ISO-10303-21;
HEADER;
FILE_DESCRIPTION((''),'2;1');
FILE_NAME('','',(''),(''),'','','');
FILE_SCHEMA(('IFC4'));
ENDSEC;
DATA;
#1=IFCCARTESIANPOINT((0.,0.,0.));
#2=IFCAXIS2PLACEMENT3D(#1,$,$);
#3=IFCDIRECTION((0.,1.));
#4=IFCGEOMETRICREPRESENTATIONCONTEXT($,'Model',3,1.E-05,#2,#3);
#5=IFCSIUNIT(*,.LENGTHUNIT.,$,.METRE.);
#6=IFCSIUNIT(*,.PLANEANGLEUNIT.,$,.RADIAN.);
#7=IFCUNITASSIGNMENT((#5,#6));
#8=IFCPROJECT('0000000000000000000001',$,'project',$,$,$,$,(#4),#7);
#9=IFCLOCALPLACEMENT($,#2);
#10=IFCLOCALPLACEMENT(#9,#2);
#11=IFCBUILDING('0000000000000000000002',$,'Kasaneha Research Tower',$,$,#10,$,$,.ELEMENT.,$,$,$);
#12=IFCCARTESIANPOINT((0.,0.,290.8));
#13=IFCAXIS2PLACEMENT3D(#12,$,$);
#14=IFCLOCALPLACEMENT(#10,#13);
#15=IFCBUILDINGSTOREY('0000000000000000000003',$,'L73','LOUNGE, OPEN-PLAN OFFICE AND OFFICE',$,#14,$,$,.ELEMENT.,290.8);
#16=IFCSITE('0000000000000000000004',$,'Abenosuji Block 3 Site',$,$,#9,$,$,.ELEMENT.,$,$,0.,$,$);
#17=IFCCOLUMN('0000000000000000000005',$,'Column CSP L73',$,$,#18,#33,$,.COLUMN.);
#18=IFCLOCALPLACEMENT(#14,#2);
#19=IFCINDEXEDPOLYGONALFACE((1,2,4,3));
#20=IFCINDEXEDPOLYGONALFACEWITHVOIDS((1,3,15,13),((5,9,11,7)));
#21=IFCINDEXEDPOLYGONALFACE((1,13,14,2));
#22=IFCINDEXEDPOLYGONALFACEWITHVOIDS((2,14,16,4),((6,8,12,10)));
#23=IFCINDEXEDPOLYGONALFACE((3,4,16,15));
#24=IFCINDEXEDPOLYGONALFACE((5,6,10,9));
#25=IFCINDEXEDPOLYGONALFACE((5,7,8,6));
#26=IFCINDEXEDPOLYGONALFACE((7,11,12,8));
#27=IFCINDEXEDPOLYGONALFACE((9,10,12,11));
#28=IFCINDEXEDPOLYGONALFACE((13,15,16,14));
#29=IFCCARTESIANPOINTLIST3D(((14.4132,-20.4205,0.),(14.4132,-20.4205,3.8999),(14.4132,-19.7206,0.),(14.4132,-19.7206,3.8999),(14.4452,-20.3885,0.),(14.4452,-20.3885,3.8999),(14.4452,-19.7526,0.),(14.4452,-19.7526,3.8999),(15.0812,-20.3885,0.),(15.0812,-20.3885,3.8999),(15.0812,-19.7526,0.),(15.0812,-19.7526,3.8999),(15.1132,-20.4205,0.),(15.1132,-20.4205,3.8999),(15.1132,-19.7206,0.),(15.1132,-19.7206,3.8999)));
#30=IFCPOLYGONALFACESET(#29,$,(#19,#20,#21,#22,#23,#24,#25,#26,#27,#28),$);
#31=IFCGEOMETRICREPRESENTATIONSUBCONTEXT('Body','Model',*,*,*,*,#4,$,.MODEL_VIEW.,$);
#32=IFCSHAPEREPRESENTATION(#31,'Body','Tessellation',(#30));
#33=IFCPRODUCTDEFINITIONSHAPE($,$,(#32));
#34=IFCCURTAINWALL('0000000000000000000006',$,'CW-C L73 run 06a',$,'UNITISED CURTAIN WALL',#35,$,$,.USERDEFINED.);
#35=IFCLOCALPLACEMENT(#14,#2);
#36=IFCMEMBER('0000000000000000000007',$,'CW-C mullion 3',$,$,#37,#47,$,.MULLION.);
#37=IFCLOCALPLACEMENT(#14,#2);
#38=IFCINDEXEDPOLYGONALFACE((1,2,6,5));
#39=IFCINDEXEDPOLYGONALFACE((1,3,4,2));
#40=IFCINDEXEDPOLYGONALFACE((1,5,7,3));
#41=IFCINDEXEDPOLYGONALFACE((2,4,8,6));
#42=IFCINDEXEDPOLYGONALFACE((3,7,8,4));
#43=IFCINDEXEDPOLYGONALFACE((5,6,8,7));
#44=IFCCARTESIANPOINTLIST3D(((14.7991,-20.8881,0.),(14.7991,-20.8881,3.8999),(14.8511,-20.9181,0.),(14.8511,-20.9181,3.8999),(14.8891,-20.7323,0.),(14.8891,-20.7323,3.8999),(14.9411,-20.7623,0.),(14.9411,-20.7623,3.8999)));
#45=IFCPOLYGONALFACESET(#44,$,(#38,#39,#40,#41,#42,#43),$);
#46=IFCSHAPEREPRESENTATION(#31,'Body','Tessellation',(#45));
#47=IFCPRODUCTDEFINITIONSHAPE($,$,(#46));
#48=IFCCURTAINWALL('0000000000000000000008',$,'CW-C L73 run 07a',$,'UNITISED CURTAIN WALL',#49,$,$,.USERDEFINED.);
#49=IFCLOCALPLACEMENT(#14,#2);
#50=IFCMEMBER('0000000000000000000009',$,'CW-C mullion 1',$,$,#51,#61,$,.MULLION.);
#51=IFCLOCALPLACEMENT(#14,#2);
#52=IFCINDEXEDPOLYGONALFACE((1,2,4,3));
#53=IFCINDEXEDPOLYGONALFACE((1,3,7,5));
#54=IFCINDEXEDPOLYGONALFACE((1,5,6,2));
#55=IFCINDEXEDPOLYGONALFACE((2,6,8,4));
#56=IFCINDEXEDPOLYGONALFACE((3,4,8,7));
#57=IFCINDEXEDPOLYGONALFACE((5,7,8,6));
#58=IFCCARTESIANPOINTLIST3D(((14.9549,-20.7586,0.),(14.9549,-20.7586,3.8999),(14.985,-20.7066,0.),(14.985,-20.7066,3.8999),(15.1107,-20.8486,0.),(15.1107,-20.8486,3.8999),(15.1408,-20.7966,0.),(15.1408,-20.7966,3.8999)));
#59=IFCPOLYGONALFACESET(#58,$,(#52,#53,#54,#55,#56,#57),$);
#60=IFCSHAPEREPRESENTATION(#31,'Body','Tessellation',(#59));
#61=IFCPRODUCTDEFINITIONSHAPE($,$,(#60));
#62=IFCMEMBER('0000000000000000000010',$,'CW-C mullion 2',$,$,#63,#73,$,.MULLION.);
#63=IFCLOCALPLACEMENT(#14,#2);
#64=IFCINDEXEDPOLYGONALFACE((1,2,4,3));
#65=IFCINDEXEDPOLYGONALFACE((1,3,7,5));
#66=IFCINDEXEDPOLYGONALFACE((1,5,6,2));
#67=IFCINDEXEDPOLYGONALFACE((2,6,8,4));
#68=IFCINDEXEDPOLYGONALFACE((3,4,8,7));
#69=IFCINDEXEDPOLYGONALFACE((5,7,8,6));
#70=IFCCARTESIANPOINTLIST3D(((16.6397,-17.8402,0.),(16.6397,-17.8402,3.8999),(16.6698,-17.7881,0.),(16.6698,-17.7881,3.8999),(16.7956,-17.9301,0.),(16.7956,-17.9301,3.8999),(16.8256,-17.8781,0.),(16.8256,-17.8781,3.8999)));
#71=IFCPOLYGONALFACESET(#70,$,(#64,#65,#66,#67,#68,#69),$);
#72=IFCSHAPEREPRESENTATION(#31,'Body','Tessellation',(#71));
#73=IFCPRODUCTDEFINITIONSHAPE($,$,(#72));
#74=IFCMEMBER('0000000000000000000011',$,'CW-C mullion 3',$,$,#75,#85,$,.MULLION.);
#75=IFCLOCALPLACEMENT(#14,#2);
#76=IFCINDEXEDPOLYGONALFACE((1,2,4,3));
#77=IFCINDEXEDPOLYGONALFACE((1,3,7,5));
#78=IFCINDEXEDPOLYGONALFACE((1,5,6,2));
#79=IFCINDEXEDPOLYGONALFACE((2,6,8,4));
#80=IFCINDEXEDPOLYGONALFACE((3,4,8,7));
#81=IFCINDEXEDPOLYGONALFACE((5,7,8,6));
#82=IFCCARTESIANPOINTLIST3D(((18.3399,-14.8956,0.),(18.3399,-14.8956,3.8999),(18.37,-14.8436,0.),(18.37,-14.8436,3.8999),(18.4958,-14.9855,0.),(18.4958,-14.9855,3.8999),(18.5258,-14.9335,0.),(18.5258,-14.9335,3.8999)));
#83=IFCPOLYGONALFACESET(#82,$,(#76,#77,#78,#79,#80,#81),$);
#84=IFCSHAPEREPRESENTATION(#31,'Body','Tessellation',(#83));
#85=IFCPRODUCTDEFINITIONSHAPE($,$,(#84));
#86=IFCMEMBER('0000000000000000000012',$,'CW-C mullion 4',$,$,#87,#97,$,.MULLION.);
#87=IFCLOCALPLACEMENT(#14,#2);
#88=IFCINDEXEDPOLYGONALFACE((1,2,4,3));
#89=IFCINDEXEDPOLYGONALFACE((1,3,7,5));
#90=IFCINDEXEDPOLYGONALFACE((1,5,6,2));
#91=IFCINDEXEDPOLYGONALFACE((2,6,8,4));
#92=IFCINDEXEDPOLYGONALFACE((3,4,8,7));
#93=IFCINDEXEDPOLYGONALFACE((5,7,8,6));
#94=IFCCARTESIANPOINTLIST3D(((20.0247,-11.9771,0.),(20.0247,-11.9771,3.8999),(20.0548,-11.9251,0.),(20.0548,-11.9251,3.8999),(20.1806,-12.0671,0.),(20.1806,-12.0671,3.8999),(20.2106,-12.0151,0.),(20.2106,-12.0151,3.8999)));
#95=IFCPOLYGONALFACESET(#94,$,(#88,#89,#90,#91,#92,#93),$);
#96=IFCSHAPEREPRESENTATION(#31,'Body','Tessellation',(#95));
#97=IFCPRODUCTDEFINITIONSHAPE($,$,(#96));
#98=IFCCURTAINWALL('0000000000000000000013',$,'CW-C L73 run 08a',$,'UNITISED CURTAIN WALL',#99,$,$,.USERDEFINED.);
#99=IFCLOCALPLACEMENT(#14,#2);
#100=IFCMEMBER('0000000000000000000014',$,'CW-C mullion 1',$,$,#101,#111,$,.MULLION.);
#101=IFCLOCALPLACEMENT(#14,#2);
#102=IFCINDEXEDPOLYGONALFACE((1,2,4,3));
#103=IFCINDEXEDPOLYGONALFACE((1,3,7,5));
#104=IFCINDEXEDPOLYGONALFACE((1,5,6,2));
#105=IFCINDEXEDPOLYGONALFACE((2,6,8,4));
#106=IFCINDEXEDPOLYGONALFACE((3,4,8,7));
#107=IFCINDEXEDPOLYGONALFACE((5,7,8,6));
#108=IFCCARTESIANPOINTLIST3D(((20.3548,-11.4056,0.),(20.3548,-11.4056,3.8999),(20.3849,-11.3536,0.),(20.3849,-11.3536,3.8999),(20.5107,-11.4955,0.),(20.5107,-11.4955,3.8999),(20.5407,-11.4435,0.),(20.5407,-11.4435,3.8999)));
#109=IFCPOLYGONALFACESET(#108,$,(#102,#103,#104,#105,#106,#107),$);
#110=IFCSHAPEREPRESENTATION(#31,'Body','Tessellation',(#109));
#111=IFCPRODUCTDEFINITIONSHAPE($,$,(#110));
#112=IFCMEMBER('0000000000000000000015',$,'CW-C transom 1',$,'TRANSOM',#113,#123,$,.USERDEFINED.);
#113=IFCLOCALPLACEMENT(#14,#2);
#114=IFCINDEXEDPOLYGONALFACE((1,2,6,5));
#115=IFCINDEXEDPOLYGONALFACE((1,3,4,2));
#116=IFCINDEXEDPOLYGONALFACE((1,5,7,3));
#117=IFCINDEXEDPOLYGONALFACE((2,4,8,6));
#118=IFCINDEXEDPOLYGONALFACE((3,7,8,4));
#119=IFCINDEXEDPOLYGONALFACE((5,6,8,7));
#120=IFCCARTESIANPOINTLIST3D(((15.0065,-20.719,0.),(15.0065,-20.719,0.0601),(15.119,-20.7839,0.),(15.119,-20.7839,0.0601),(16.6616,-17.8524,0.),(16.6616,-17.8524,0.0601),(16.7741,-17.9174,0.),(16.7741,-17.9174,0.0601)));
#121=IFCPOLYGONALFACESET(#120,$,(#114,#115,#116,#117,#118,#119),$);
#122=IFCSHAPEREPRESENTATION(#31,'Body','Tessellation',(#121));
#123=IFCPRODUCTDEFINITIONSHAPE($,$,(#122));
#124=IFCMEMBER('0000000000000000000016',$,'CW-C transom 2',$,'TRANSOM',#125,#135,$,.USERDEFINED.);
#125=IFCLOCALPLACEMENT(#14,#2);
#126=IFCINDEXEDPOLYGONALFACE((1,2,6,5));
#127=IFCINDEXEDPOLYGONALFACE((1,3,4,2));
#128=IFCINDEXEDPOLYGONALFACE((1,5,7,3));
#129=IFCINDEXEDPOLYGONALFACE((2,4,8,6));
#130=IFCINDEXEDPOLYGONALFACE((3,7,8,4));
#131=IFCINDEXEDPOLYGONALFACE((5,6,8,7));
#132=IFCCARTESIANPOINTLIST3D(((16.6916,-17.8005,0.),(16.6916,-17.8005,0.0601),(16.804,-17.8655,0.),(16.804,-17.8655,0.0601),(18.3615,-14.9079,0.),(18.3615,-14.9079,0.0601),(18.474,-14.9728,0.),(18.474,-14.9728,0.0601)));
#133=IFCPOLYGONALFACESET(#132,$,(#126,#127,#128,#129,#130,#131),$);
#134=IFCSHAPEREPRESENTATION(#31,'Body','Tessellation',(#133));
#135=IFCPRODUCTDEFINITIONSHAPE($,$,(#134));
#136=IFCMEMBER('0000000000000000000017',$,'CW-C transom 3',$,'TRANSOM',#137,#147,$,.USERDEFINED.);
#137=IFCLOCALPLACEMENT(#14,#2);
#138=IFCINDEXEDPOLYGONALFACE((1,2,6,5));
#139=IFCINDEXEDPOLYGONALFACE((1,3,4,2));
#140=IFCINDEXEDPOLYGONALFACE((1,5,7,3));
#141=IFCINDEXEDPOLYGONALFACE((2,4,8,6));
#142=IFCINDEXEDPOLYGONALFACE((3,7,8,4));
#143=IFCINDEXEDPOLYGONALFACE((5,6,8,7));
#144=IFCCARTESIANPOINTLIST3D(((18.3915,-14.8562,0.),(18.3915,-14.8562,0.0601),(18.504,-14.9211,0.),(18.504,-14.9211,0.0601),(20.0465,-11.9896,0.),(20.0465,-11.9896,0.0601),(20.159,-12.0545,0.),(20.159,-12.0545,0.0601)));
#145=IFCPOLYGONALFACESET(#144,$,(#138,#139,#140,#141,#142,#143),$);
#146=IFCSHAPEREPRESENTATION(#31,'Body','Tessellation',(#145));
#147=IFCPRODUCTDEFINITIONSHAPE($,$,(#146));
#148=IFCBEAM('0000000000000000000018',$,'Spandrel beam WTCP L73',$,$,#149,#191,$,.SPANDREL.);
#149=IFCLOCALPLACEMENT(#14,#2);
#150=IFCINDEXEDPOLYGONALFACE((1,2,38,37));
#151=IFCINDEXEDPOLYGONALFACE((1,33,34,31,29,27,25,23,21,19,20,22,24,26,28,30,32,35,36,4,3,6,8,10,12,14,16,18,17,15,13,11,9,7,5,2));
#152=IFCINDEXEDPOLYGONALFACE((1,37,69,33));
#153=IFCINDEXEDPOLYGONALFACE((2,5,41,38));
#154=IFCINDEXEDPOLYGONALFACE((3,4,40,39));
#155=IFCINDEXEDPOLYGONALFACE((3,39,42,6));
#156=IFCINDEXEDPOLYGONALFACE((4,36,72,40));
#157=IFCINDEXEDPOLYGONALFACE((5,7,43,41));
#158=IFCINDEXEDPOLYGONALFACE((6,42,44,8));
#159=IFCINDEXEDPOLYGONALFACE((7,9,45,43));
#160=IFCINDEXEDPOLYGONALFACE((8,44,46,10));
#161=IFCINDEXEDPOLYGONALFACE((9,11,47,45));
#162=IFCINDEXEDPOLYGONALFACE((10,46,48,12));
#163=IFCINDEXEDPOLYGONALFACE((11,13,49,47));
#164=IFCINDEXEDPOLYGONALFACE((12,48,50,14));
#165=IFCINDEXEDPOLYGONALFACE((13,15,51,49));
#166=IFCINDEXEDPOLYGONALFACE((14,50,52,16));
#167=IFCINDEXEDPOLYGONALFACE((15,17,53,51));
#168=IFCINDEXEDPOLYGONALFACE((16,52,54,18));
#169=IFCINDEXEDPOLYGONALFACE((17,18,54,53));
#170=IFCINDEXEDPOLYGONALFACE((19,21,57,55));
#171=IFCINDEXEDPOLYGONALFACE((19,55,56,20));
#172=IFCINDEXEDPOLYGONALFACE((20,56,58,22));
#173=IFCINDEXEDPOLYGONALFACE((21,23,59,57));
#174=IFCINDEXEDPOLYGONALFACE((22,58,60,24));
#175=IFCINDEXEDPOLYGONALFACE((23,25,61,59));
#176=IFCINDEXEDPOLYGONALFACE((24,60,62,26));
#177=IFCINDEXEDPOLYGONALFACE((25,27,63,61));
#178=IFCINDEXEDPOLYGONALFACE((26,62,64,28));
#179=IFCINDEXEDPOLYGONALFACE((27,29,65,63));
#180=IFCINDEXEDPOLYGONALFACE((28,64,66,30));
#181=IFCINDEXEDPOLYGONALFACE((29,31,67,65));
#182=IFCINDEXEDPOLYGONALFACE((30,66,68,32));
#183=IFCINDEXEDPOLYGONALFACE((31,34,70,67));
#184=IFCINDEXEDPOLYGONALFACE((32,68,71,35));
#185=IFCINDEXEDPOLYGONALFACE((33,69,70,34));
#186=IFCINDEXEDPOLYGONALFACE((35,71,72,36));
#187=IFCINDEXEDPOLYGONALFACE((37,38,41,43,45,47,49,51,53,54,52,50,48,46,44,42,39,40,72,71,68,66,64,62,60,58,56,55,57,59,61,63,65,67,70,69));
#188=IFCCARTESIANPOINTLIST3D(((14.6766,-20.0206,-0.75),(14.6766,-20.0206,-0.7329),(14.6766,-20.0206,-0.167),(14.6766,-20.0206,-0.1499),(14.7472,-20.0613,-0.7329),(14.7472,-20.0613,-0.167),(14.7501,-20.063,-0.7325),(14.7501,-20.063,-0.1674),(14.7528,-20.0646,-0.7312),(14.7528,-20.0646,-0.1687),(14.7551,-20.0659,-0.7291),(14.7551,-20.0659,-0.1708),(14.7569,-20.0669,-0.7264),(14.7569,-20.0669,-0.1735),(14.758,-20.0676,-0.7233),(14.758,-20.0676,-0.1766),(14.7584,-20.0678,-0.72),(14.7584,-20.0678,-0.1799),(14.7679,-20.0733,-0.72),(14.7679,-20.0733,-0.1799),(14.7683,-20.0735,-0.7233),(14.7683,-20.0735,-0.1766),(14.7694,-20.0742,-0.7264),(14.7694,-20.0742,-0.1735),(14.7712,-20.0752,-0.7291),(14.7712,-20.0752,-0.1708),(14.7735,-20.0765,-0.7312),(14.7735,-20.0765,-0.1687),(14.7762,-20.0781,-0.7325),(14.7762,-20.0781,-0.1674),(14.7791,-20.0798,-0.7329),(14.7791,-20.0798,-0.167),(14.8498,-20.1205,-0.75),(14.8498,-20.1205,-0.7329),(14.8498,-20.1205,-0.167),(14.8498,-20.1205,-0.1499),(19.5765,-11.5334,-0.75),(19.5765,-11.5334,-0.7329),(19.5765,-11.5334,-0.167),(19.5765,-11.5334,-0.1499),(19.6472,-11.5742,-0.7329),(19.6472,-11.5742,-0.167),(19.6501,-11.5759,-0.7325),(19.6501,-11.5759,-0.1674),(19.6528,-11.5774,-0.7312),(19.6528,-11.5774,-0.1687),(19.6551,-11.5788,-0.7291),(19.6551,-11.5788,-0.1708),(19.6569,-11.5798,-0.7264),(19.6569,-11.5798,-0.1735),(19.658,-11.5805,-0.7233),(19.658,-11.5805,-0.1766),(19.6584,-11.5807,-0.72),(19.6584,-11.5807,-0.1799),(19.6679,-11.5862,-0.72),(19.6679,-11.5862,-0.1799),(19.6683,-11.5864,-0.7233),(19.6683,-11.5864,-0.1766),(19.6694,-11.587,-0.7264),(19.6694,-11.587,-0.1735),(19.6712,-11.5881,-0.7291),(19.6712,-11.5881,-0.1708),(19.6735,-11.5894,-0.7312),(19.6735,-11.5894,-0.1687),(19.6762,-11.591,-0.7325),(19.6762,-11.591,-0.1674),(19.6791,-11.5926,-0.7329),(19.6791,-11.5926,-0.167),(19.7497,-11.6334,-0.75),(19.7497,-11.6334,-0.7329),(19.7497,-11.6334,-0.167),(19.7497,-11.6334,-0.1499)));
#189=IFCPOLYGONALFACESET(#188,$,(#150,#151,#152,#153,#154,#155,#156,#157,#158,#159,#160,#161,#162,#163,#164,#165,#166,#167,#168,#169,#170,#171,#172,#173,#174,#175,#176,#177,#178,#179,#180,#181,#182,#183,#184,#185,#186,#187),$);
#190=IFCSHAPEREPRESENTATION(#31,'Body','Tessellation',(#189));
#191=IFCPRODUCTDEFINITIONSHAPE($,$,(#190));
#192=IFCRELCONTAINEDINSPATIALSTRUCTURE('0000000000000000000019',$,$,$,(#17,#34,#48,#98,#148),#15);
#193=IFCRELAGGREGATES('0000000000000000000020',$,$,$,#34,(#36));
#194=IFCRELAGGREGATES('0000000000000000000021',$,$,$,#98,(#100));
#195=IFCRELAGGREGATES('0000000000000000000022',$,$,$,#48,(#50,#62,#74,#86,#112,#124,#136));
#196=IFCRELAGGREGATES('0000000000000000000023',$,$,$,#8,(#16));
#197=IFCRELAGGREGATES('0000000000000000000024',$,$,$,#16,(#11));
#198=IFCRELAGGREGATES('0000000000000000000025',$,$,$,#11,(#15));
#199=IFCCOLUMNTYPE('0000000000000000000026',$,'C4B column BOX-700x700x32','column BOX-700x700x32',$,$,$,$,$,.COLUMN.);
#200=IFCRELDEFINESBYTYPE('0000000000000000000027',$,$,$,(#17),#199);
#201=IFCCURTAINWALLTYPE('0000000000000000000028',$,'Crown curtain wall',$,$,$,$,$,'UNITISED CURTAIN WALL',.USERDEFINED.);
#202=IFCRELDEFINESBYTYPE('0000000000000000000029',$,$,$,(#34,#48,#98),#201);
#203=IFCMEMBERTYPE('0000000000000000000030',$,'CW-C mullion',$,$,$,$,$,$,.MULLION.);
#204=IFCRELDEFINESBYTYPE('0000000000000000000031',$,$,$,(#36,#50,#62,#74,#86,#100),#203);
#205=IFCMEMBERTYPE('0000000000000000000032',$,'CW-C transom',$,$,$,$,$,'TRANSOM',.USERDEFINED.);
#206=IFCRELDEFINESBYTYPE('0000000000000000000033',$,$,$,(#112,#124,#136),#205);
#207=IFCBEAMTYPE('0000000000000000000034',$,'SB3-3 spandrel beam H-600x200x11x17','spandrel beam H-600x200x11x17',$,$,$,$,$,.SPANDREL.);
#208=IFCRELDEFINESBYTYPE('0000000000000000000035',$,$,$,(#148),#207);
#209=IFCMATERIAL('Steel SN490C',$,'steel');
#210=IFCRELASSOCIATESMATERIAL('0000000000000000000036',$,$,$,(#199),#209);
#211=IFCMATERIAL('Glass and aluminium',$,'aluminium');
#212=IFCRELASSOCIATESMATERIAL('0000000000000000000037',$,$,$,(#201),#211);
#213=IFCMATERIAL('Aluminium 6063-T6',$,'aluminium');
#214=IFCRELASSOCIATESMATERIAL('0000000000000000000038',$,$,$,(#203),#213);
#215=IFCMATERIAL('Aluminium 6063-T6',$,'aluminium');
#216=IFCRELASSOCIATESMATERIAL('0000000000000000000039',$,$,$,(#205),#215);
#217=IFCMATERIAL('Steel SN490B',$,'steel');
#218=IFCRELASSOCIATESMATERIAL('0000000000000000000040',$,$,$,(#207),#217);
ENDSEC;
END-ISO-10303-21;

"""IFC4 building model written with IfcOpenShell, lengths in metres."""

from ifc_helpers import new_model, si_unit, direction, frame, origin, origin_2d, place, context, subcontext, project, spatial, rectangle, hollow_rectangle, i_section, extrude, material, material_profile, profile_set, type_object, element, aggregate, save


model = new_model("IFC4")

# Units and contexts
model_context = context("Model", 3, precision=1e-05, world=origin(), true_north=direction((0.0, 1.0)))
body_context = subcontext(model_context, "Body", "Model", "MODEL_VIEW")
ifc_project = project(units=[si_unit("LENGTHUNIT", "METRE"), si_unit("PLANEANGLEUNIT", "RADIAN")], contexts=[model_context])

# Site, building, storey
site_placement = place(None, origin())
site = spatial("IfcSite", under=ifc_project, at=site_placement, Name="Abenosuji Block 3 Site", CompositionType="ELEMENT", RefElevation=0.0)
building_placement = place(site_placement, origin())
building = spatial("IfcBuilding", under=site, at=building_placement, Name="Kasaneha Research Tower", CompositionType="ELEMENT")
storey_placement = place(building_placement, frame((0.0, 0.0, 290.8)))
storey = spatial("IfcBuildingStorey", under=building, at=storey_placement, Name="L73", Description="LOUNGE, OPEN-PLAN OFFICE AND OFFICE", CompositionType="ELEMENT", Elevation=290.8)

# Column
ifc_material_1 = material(Name="Steel SN490C", Category="steel")
ifc_material_profile_1 = material_profile(ifc_material_1, hollow_rectangle(XDim=0.7, YDim=0.7, WallThickness=0.032, at=origin_2d()), Name="BOX-700x700x32")
ifc_profile_set_1 = profile_set([ifc_material_profile_1], Name="Steel SN490C")
column_type = type_object("IfcColumnType", Name="C4B column BOX-700x700x32", Description="column BOX-700x700x32", PredefinedType="COLUMN", material=ifc_profile_set_1)
column_placement = place(storey_placement, frame((14.7632, -20.0706, 0.0), z_axis=(0.0, 0.0, 1.0), x_axis=(1.0, 0.0, 0.0)))
element("IfcColumn", 1, at=column_placement, inside=storey, type_object=column_type, Name="Column CSP L73", PredefinedType="COLUMN", context=body_context, shape_type="SweptSolid", body=[
    extrude(hollow_rectangle(XDim=0.7, YDim=0.7, WallThickness=0.032, at=origin_2d()), origin(), (0.0, 0.0, 1.0), 3.8999),
])

# Curtain wall, member
ifc_material_2 = material(Name="Glass and aluminium", Category="aluminium")
curtain_wall_type = type_object("IfcCurtainWallType", Name="Crown curtain wall", ElementType="UNITISED CURTAIN WALL", PredefinedType="USERDEFINED", material=ifc_material_2)
curtain_wall_1_placement = place(storey_placement, origin())
curtain_wall_1 = element("IfcCurtainWall", 2, at=curtain_wall_1_placement, inside=storey, type_object=curtain_wall_type, Name="CW-C L73 run 06a", ObjectType="UNITISED CURTAIN WALL", PredefinedType="USERDEFINED")
ifc_material_3 = material(Name="Aluminium 6063-T6", Category="aluminium")
ifc_material_profile_2 = material_profile(ifc_material_3, rectangle(XDim=0.0601, YDim=0.1799, at=origin_2d()), Name="CW-C mullion 60x180")
ifc_profile_set_2 = profile_set([ifc_material_profile_2], Name="Aluminium 6063-T6")
member_type_1 = type_object("IfcMemberType", Name="CW-C mullion", PredefinedType="MULLION", material=ifc_profile_set_2)
member_1_placement = place(storey_placement, frame((14.8701, -20.8252, 0.0), z_axis=(0.0, 0.0, 1.0), x_axis=(0.866025, -0.5, 0.0)))
member_1 = element("IfcMember", 3, at=member_1_placement, type_object=member_type_1, Name="CW-C mullion 3", PredefinedType="MULLION", context=body_context, shape_type="SweptSolid", body=[
    extrude(rectangle(XDim=0.0601, YDim=0.1799, at=origin_2d()), origin(), (0.0, 0.0, 1.0), 3.8999),
])
aggregate(curtain_wall_1, [member_1])

# Curtain wall, members
curtain_wall_2_placement = place(storey_placement, origin())
curtain_wall_2 = element("IfcCurtainWall", 4, at=curtain_wall_2_placement, inside=storey, type_object=curtain_wall_type, Name="CW-C L73 run 07a", ObjectType="UNITISED CURTAIN WALL", PredefinedType="USERDEFINED")
member_2_placement = place(storey_placement, frame((15.0479, -20.7776, 0.0), z_axis=(0.0, 0.0, 1.0), x_axis=(0.5, 0.866025, 0.0)))
member_2 = element("IfcMember", 5, at=member_2_placement, type_object=member_type_1, Name="CW-C mullion 1", PredefinedType="MULLION", context=body_context, shape_type="SweptSolid", body=[
    extrude(rectangle(XDim=0.0601, YDim=0.1799, at=origin_2d()), origin(), (0.0, 0.0, 1.0), 3.8999),
])
member_3_placement = place(storey_placement, frame((16.7327, -17.8591, 0.0), z_axis=(0.0, 0.0, 1.0), x_axis=(0.5, 0.866025, 0.0)))
member_3 = element("IfcMember", 6, at=member_3_placement, type_object=member_type_1, Name="CW-C mullion 2", PredefinedType="MULLION", context=body_context, shape_type="SweptSolid", body=[
    extrude(rectangle(XDim=0.0601, YDim=0.1799, at=origin_2d()), origin(), (0.0, 0.0, 1.0), 3.8999),
])
member_4_placement = place(storey_placement, frame((18.4329, -14.9146, 0.0), z_axis=(0.0, 0.0, 1.0), x_axis=(0.5, 0.866025, 0.0)))
member_4 = element("IfcMember", 7, at=member_4_placement, type_object=member_type_1, Name="CW-C mullion 3", PredefinedType="MULLION", context=body_context, shape_type="SweptSolid", body=[
    extrude(rectangle(XDim=0.0601, YDim=0.1799, at=origin_2d()), origin(), (0.0, 0.0, 1.0), 3.8999),
])
member_5_placement = place(storey_placement, frame((20.1177, -11.9961, 0.0), z_axis=(0.0, 0.0, 1.0), x_axis=(0.5, 0.866025, 0.0)))
member_5 = element("IfcMember", 8, at=member_5_placement, type_object=member_type_1, Name="CW-C mullion 4", PredefinedType="MULLION", context=body_context, shape_type="SweptSolid", body=[
    extrude(rectangle(XDim=0.0601, YDim=0.1799, at=origin_2d()), origin(), (0.0, 0.0, 1.0), 3.8999),
])

# Curtain wall, member
curtain_wall_3_placement = place(storey_placement, origin())
curtain_wall_3 = element("IfcCurtainWall", 9, at=curtain_wall_3_placement, inside=storey, type_object=curtain_wall_type, Name="CW-C L73 run 08a", ObjectType="UNITISED CURTAIN WALL", PredefinedType="USERDEFINED")
member_6_placement = place(storey_placement, frame((20.4478, -11.4246, 0.0), z_axis=(0.0, 0.0, 1.0), x_axis=(0.5, 0.866025, 0.0)))
member_6 = element("IfcMember", 10, at=member_6_placement, type_object=member_type_1, Name="CW-C mullion 1", PredefinedType="MULLION", context=body_context, shape_type="SweptSolid", body=[
    extrude(rectangle(XDim=0.0601, YDim=0.1799, at=origin_2d()), origin(), (0.0, 0.0, 1.0), 3.8999),
])
aggregate(curtain_wall_3, [member_6])

# Members
ifc_material_4 = material(Name="Aluminium 6063-T6", Category="aluminium")
ifc_material_profile_3 = material_profile(ifc_material_4, rectangle(XDim=0.1299, YDim=0.0601, at=origin_2d()), Name="CW-C transom 130x60")
ifc_profile_set_3 = profile_set([ifc_material_profile_3], Name="Aluminium 6063-T6")
member_type_2 = type_object("IfcMemberType", Name="CW-C transom", ElementType="TRANSOM", PredefinedType="USERDEFINED", material=ifc_profile_set_3)
member_7_placement = place(storey_placement, frame((15.0627, -20.7515, 0.03), z_axis=(0.500018, 0.866015, 0.0), x_axis=(-0.866015, 0.500018, 0.0)))
member_7 = element("IfcMember", 11, at=member_7_placement, type_object=member_type_2, Name="CW-C transom 1", ObjectType="TRANSOM", PredefinedType="USERDEFINED", context=body_context, shape_type="SweptSolid", body=[
    extrude(rectangle(XDim=0.1299, YDim=0.0601, at=origin_2d()), origin(), (0.0, 0.0, 1.0), 3.3101),
])
member_8_placement = place(storey_placement, frame((16.7478, -17.833, 0.03), z_axis=(0.499976, 0.86604, 0.0), x_axis=(-0.86604, 0.499976, 0.0)))
member_8 = element("IfcMember", 12, at=member_8_placement, type_object=member_type_2, Name="CW-C transom 2", ObjectType="TRANSOM", PredefinedType="USERDEFINED", context=body_context, shape_type="SweptSolid", body=[
    extrude(rectangle(XDim=0.1299, YDim=0.0601, at=origin_2d()), origin(), (0.0, 0.0, 1.0), 3.3401),
])
member_9_placement = place(storey_placement, frame((18.4478, -14.8887, 0.03), z_axis=(0.499986, 0.866033, 0.0), x_axis=(-0.866033, 0.499986, 0.0)))
member_9 = element("IfcMember", 13, at=member_9_placement, type_object=member_type_2, Name="CW-C transom 3", ObjectType="TRANSOM", PredefinedType="USERDEFINED", context=body_context, shape_type="SweptSolid", body=[
    extrude(rectangle(XDim=0.1299, YDim=0.0601, at=origin_2d()), origin(), (0.0, 0.0, 1.0), 3.3101),
])

# Beam
ifc_material_5 = material(Name="Steel SN490B", Category="steel")
ifc_material_profile_4 = material_profile(ifc_material_5, i_section(OverallWidth=0.2, OverallDepth=0.6001, WebThickness=0.011, FlangeThickness=0.0171, FilletRadius=0.0129, at=origin_2d()), Name="H-600x200x11x17")
ifc_profile_set_4 = profile_set([ifc_material_profile_4], Name="Steel SN490B")
beam_type = type_object("IfcBeamType", Name="SB3-3 spandrel beam H-600x200x11x17", Description="spandrel beam H-600x200x11x17", PredefinedType="SPANDREL", material=ifc_profile_set_4)
beam_placement = place(storey_placement, frame((14.7632, -20.0706, -0.45), z_axis=(0.499992, 0.86603, 0.0), x_axis=(-0.86603, 0.499992, 0.0)))
element("IfcBeam", 14, at=beam_placement, inside=storey, type_object=beam_type, Name="Spandrel beam WTCP L73", PredefinedType="SPANDREL", context=body_context, shape_type="SweptSolid", body=[
    extrude(i_section(OverallWidth=0.2, OverallDepth=0.6001, WebThickness=0.011, FlangeThickness=0.0171, FilletRadius=0.0129, at=origin_2d()), origin(), (0.0, 0.0, 1.0), 9.8),
])

aggregate(curtain_wall_2, [member_2, member_3, member_4, member_5, member_7, member_8, member_9])

save(model, "model.ifc")
